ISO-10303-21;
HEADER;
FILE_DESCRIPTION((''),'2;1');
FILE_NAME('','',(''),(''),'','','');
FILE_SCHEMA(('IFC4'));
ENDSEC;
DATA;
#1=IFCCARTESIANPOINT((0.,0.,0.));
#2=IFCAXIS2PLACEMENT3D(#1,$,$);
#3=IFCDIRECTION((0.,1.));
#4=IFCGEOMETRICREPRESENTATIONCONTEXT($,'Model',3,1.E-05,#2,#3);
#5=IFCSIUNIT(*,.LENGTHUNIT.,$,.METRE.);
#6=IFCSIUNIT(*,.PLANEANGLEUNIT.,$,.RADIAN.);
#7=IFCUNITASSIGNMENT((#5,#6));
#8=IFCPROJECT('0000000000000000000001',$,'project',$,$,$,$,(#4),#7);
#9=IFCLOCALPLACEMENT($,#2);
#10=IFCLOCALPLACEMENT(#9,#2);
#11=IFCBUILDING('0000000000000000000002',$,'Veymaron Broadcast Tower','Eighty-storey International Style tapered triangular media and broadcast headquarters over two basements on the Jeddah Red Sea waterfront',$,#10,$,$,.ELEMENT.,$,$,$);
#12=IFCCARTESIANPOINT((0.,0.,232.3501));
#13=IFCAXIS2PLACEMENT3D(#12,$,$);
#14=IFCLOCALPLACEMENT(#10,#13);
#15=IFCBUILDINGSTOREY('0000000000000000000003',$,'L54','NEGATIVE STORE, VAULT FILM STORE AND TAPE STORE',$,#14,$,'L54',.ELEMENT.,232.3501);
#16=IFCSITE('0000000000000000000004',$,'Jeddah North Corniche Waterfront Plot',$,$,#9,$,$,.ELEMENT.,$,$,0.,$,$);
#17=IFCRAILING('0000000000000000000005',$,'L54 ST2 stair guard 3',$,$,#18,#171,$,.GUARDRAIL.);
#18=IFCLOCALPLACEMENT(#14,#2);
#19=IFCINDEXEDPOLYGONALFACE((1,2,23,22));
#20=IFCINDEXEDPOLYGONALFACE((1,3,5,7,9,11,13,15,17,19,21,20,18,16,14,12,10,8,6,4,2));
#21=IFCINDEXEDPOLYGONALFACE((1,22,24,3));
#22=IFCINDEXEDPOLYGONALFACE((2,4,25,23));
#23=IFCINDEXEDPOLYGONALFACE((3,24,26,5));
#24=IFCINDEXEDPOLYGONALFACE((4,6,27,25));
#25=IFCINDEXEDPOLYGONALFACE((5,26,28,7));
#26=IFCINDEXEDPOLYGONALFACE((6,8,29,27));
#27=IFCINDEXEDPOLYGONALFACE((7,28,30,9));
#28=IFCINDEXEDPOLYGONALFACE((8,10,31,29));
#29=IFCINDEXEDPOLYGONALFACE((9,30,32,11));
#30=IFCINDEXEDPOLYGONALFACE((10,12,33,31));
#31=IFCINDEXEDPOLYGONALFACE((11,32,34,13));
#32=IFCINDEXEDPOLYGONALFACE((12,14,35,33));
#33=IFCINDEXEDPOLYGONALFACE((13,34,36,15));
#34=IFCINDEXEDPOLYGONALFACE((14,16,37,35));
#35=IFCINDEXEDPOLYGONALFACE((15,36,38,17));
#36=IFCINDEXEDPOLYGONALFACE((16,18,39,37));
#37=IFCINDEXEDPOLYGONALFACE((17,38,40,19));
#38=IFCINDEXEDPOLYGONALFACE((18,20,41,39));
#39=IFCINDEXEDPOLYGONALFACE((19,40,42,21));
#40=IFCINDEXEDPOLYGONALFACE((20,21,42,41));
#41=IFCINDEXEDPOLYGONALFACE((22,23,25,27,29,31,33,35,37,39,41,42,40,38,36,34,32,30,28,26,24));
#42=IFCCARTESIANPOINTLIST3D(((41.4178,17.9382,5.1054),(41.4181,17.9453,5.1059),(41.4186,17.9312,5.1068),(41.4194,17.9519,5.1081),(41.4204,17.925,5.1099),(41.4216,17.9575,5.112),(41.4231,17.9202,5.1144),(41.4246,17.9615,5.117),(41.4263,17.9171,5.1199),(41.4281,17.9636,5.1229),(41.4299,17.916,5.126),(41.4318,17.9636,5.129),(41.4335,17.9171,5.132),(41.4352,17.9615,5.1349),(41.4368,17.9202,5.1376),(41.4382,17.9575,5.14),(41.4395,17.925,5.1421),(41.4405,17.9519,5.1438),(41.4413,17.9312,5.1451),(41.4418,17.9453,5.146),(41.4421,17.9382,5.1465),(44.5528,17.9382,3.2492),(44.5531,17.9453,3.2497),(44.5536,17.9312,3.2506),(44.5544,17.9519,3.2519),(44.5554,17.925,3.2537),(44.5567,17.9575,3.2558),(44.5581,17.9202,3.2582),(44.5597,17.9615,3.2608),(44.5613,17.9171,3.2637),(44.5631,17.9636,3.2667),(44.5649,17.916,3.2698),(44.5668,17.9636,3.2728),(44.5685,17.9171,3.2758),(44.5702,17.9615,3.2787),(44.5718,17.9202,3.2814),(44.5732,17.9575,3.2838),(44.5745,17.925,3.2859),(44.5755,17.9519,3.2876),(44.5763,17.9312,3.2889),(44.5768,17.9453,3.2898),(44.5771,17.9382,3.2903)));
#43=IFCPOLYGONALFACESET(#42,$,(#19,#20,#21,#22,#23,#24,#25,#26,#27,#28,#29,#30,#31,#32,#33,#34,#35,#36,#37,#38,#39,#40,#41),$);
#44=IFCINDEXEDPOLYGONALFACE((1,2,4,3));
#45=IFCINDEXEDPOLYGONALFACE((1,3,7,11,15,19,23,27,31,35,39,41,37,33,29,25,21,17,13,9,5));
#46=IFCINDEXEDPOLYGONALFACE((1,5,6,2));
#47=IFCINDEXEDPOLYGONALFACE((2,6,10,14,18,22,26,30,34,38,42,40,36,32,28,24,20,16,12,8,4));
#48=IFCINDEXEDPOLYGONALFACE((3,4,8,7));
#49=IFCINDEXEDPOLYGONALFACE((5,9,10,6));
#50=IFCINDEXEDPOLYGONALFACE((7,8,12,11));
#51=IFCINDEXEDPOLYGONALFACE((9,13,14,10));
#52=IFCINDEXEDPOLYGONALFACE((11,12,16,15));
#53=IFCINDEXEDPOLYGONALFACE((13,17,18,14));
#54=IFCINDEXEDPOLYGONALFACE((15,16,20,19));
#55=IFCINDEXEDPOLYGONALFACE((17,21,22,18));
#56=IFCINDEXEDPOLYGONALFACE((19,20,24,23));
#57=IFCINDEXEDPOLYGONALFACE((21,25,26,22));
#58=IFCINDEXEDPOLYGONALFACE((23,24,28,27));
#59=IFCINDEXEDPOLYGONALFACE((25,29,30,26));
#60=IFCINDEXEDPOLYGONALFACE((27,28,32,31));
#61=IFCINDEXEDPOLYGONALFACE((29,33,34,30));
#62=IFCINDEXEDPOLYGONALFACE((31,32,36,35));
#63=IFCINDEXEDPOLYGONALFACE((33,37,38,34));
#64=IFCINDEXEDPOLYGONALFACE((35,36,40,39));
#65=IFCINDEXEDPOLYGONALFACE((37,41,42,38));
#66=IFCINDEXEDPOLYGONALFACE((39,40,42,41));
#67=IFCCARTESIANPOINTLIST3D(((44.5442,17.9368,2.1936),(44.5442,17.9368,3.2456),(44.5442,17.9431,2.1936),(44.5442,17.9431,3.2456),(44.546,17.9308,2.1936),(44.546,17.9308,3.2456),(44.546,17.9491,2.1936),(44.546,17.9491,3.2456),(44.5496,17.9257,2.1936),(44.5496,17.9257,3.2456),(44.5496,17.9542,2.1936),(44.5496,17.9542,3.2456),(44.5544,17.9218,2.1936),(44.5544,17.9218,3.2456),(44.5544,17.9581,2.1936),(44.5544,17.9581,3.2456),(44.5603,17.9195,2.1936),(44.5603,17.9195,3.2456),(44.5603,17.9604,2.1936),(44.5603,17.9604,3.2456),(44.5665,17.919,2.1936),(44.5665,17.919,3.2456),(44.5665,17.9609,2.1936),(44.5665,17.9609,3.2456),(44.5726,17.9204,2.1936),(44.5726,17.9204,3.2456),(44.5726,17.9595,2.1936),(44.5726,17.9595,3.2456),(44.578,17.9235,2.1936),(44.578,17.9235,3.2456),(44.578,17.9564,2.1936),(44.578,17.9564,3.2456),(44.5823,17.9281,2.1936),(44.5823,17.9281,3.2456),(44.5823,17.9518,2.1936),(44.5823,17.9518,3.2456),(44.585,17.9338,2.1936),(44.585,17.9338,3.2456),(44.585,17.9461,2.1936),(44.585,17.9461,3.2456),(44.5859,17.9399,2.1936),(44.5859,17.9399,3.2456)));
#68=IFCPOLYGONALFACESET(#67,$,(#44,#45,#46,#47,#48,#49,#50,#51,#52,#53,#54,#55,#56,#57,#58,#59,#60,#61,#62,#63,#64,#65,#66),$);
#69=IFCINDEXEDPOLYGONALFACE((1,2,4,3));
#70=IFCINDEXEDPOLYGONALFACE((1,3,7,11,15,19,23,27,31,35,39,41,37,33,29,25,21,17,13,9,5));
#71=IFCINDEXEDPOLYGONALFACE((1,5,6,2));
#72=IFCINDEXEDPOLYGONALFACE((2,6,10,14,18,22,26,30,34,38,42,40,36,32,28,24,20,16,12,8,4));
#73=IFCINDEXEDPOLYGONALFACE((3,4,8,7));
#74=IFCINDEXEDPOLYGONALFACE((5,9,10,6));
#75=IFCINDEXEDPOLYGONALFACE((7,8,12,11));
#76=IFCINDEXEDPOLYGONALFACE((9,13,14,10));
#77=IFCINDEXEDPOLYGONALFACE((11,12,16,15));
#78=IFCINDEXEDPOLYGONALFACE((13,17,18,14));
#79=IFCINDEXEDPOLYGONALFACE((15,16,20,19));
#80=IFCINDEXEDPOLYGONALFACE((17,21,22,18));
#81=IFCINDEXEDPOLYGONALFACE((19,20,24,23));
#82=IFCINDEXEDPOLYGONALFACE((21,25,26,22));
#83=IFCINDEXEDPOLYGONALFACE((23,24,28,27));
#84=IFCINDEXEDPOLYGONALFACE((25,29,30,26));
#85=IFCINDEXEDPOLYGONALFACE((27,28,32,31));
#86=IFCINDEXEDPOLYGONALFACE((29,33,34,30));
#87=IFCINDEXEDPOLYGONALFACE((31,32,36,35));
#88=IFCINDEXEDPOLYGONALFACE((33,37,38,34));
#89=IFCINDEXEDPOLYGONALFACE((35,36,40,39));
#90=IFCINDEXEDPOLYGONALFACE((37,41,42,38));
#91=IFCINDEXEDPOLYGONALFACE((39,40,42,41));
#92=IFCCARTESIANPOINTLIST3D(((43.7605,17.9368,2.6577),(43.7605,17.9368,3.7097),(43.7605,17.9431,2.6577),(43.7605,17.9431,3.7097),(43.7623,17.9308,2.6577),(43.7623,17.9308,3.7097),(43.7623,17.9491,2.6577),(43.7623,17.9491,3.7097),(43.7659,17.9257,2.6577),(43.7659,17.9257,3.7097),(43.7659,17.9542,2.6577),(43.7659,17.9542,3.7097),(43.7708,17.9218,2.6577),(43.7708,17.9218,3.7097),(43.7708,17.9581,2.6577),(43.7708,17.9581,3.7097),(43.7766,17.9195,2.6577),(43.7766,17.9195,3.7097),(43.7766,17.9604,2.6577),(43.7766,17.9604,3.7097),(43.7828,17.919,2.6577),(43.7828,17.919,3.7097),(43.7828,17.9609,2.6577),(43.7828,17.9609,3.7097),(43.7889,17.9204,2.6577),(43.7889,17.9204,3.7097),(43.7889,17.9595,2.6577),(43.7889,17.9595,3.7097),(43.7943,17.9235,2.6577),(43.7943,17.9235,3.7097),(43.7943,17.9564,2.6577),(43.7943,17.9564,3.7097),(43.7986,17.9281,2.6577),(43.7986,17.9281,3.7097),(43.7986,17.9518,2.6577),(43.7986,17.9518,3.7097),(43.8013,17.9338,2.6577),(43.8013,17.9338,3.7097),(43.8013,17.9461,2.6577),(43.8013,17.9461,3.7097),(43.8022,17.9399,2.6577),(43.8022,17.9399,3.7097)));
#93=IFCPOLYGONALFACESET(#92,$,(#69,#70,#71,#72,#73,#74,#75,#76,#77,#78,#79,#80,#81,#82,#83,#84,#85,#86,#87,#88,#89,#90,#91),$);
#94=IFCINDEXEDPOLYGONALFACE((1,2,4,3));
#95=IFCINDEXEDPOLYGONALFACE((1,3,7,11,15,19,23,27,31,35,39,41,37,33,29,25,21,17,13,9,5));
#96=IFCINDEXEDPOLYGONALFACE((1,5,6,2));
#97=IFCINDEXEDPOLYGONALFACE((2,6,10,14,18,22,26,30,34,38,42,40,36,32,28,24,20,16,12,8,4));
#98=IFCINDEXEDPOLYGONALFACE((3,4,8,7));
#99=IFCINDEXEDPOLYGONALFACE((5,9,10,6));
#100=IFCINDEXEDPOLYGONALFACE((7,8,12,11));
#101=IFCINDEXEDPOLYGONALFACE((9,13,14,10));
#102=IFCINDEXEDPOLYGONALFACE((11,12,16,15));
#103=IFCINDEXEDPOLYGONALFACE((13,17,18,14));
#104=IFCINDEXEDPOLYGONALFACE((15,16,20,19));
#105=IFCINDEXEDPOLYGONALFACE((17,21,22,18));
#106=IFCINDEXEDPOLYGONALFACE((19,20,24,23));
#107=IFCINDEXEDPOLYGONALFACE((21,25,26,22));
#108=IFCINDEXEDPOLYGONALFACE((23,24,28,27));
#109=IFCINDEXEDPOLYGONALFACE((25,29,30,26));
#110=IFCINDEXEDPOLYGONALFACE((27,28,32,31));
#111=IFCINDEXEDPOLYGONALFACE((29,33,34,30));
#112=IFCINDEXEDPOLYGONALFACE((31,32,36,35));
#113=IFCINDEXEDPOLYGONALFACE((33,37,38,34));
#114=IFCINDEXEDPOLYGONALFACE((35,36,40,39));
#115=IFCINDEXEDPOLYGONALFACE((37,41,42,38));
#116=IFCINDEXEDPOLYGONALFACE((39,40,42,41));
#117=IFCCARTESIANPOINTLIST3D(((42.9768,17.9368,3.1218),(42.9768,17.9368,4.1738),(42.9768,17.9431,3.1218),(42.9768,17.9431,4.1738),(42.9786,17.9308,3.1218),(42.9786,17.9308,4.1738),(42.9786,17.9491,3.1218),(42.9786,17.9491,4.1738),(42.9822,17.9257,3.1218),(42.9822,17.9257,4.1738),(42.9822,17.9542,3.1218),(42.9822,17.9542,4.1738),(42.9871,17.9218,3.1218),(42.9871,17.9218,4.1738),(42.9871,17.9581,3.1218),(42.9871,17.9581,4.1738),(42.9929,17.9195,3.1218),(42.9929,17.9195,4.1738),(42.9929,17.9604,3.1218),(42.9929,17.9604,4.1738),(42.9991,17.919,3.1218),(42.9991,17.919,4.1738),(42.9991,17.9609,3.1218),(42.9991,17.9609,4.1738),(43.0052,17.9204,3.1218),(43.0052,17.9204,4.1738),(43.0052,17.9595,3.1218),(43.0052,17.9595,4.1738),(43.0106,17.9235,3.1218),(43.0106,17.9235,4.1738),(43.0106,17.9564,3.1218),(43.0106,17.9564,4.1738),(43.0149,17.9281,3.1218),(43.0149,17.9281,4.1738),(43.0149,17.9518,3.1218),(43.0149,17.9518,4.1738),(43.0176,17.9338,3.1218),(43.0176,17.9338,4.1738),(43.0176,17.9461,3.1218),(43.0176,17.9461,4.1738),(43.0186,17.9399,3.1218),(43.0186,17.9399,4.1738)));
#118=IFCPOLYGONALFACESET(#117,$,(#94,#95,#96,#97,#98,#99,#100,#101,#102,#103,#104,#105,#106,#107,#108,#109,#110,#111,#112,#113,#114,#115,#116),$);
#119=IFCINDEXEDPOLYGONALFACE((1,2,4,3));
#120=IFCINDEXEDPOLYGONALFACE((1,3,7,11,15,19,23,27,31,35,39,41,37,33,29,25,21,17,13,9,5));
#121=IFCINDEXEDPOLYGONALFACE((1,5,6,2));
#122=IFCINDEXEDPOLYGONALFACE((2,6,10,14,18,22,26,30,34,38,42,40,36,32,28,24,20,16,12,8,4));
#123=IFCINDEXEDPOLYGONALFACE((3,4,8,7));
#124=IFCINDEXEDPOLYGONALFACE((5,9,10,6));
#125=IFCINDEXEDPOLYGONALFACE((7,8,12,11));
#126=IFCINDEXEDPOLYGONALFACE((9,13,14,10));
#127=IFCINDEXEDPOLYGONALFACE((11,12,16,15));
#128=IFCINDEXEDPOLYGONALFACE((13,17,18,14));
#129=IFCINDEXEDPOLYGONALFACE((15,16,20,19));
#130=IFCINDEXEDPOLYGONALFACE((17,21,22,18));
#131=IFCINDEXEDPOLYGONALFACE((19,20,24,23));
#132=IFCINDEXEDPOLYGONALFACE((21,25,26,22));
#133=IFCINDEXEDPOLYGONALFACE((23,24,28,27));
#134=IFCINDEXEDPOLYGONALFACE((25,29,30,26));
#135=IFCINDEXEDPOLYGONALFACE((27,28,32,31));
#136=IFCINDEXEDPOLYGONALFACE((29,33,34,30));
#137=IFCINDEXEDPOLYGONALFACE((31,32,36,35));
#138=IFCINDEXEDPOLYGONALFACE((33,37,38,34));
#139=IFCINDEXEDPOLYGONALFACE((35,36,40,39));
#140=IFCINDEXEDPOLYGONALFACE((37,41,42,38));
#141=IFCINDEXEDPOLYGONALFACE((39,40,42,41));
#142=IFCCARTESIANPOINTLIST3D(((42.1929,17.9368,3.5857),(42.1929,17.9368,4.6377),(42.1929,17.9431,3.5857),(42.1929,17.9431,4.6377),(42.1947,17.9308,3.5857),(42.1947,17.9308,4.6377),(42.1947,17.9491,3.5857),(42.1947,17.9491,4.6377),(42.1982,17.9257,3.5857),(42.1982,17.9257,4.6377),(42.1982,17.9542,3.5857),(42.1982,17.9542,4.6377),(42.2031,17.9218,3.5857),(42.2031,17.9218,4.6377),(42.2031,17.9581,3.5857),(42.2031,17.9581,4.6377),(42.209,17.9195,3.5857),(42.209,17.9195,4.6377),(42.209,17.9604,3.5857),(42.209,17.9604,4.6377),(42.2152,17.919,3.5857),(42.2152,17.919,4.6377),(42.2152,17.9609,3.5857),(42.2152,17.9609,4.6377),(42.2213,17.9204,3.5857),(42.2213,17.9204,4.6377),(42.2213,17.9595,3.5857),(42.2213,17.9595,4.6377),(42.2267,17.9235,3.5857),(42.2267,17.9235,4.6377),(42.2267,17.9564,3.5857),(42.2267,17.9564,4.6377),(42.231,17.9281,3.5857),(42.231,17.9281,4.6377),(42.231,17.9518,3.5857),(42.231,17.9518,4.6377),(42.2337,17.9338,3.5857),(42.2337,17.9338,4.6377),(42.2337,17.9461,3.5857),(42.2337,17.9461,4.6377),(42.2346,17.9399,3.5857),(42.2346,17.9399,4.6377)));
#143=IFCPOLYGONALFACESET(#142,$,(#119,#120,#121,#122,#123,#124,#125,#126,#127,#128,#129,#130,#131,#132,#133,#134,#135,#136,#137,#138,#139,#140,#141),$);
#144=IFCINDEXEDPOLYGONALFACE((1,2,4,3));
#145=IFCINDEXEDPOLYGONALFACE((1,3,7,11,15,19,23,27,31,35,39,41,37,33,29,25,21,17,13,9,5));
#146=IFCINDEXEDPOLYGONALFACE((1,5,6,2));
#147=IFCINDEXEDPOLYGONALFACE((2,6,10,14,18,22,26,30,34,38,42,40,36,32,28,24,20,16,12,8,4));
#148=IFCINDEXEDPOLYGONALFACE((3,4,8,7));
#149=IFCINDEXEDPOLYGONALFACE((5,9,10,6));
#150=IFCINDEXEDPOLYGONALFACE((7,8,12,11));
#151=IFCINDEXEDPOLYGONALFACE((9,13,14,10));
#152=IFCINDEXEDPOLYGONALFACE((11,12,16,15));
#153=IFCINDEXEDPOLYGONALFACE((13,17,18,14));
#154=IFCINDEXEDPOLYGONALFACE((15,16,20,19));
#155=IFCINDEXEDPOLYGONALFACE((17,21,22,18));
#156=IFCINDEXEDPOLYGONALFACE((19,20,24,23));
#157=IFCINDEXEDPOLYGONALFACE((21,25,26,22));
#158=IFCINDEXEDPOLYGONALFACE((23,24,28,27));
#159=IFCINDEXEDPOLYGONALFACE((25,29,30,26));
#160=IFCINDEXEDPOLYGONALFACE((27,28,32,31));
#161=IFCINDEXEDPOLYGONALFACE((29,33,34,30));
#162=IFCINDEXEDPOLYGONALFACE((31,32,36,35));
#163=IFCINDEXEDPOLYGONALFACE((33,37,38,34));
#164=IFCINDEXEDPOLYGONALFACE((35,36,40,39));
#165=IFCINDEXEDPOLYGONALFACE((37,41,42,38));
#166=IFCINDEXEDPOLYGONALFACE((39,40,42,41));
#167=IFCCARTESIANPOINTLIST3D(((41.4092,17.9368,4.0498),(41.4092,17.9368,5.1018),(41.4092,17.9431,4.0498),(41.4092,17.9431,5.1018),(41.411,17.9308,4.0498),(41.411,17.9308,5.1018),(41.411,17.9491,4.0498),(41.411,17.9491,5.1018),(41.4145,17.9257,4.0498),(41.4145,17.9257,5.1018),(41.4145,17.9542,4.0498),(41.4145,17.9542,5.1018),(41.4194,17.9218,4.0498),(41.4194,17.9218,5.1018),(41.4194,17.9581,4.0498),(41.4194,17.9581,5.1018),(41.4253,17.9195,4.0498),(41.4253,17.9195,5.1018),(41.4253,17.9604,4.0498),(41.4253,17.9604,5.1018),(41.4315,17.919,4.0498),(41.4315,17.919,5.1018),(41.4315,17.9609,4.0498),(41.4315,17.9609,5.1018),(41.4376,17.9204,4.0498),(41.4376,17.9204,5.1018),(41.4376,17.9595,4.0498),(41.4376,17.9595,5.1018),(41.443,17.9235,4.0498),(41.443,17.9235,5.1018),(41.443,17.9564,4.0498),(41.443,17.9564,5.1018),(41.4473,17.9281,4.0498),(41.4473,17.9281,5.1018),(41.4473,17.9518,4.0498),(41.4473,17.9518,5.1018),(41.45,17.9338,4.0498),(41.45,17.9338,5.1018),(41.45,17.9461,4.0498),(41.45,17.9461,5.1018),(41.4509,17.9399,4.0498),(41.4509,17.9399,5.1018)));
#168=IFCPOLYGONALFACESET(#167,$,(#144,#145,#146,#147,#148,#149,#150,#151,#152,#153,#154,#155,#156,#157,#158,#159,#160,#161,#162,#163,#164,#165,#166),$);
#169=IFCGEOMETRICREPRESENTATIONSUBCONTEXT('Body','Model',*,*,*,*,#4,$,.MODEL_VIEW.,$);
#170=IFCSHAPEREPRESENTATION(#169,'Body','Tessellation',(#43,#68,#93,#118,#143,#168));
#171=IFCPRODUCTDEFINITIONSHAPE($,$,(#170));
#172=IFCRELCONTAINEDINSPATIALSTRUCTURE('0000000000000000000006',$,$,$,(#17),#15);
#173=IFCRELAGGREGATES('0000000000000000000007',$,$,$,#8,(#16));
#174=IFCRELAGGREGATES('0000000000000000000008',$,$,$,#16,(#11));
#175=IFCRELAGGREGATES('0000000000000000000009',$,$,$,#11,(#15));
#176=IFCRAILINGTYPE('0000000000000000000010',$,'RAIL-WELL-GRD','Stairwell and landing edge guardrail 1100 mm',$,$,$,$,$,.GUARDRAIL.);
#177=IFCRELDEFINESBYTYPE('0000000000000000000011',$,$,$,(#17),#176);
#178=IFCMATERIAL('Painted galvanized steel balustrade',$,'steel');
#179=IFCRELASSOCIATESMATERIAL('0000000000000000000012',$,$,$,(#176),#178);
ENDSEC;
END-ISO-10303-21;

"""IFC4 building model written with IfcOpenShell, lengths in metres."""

from ifc_helpers import new_model, si_unit, direction, frame, origin, origin_2d, place, context, subcontext, project, spatial, circle, extrude, material, type_object, element, save


model = new_model("IFC4")

# Units and contexts
model_context = context("Model", 3, precision=1e-05, world=origin(), true_north=direction((0.0, 1.0)))
body_context = subcontext(model_context, "Body", "Model", "MODEL_VIEW")
ifc_project = project(units=[si_unit("LENGTHUNIT", "METRE"), si_unit("PLANEANGLEUNIT", "RADIAN")], contexts=[model_context])

# Site, building, storey
site_placement = place(None, origin())
site = spatial("IfcSite", under=ifc_project, at=site_placement, Name="Jeddah North Corniche Waterfront Plot", CompositionType="ELEMENT", RefElevation=0.0)
building_placement = place(site_placement, origin())
building = spatial("IfcBuilding", under=site, at=building_placement, Name="Veymaron Broadcast Tower", Description="Eighty-storey International Style tapered triangular media and broadcast headquarters over two basements on the Jeddah Red Sea waterfront", CompositionType="ELEMENT")
storey_placement = place(building_placement, frame((0.0, 0.0, 232.3501)))
storey = spatial("IfcBuildingStorey", under=building, at=storey_placement, Name="L54", Description="NEGATIVE STORE, VAULT FILM STORE AND TAPE STORE", LongName="L54", CompositionType="ELEMENT", Elevation=232.3501)

# Railing
ifc_material_1 = material(Name="Painted galvanized steel balustrade", Category="steel")
railing_type_1 = type_object("IfcRailingType", Name="RAIL-WELL-GRD", Description="Stairwell and landing edge guardrail 1100 mm", PredefinedType="GUARDRAIL", material=ifc_material_1)
railing_1_placement = place(storey_placement, frame((44.5649, 17.9399, 2.1936)))
element("IfcRailing", 1, at=railing_1_placement, inside=storey, type_object=railing_type_1, Name="L54 ST2 stair guard 3", PredefinedType="GUARDRAIL", context=body_context, shape_type="SweptSolid", body=[
    extrude(circle(Radius=0.0239, at=origin_2d()), frame((0.0, 0.0, 1.0762), z_axis=(-0.860482, 0.0, 0.509481), x_axis=(0.0, -1.0, 0.0)), (0.0, 0.0, 1.0), 3.6433),
    extrude(circle(Radius=0.021, at=origin_2d()), origin(), (0.0, 0.0, 1.0), 1.052),
    extrude(circle(Radius=0.021, at=origin_2d()), frame((-0.7837, 0.0, 0.4641)), (0.0, 0.0, 1.0), 1.052),
    extrude(circle(Radius=0.021, at=origin_2d()), frame((-1.5674, 0.0, 0.9282)), (0.0, 0.0, 1.0), 1.052),
    extrude(circle(Radius=0.021, at=origin_2d()), frame((-2.3513, 0.0, 1.3921)), (0.0, 0.0, 1.0), 1.052),
    extrude(circle(Radius=0.021, at=origin_2d()), frame((-3.135, 0.0, 1.8562)), (0.0, 0.0, 1.0), 1.052),
])

save(model, "model.ifc")
